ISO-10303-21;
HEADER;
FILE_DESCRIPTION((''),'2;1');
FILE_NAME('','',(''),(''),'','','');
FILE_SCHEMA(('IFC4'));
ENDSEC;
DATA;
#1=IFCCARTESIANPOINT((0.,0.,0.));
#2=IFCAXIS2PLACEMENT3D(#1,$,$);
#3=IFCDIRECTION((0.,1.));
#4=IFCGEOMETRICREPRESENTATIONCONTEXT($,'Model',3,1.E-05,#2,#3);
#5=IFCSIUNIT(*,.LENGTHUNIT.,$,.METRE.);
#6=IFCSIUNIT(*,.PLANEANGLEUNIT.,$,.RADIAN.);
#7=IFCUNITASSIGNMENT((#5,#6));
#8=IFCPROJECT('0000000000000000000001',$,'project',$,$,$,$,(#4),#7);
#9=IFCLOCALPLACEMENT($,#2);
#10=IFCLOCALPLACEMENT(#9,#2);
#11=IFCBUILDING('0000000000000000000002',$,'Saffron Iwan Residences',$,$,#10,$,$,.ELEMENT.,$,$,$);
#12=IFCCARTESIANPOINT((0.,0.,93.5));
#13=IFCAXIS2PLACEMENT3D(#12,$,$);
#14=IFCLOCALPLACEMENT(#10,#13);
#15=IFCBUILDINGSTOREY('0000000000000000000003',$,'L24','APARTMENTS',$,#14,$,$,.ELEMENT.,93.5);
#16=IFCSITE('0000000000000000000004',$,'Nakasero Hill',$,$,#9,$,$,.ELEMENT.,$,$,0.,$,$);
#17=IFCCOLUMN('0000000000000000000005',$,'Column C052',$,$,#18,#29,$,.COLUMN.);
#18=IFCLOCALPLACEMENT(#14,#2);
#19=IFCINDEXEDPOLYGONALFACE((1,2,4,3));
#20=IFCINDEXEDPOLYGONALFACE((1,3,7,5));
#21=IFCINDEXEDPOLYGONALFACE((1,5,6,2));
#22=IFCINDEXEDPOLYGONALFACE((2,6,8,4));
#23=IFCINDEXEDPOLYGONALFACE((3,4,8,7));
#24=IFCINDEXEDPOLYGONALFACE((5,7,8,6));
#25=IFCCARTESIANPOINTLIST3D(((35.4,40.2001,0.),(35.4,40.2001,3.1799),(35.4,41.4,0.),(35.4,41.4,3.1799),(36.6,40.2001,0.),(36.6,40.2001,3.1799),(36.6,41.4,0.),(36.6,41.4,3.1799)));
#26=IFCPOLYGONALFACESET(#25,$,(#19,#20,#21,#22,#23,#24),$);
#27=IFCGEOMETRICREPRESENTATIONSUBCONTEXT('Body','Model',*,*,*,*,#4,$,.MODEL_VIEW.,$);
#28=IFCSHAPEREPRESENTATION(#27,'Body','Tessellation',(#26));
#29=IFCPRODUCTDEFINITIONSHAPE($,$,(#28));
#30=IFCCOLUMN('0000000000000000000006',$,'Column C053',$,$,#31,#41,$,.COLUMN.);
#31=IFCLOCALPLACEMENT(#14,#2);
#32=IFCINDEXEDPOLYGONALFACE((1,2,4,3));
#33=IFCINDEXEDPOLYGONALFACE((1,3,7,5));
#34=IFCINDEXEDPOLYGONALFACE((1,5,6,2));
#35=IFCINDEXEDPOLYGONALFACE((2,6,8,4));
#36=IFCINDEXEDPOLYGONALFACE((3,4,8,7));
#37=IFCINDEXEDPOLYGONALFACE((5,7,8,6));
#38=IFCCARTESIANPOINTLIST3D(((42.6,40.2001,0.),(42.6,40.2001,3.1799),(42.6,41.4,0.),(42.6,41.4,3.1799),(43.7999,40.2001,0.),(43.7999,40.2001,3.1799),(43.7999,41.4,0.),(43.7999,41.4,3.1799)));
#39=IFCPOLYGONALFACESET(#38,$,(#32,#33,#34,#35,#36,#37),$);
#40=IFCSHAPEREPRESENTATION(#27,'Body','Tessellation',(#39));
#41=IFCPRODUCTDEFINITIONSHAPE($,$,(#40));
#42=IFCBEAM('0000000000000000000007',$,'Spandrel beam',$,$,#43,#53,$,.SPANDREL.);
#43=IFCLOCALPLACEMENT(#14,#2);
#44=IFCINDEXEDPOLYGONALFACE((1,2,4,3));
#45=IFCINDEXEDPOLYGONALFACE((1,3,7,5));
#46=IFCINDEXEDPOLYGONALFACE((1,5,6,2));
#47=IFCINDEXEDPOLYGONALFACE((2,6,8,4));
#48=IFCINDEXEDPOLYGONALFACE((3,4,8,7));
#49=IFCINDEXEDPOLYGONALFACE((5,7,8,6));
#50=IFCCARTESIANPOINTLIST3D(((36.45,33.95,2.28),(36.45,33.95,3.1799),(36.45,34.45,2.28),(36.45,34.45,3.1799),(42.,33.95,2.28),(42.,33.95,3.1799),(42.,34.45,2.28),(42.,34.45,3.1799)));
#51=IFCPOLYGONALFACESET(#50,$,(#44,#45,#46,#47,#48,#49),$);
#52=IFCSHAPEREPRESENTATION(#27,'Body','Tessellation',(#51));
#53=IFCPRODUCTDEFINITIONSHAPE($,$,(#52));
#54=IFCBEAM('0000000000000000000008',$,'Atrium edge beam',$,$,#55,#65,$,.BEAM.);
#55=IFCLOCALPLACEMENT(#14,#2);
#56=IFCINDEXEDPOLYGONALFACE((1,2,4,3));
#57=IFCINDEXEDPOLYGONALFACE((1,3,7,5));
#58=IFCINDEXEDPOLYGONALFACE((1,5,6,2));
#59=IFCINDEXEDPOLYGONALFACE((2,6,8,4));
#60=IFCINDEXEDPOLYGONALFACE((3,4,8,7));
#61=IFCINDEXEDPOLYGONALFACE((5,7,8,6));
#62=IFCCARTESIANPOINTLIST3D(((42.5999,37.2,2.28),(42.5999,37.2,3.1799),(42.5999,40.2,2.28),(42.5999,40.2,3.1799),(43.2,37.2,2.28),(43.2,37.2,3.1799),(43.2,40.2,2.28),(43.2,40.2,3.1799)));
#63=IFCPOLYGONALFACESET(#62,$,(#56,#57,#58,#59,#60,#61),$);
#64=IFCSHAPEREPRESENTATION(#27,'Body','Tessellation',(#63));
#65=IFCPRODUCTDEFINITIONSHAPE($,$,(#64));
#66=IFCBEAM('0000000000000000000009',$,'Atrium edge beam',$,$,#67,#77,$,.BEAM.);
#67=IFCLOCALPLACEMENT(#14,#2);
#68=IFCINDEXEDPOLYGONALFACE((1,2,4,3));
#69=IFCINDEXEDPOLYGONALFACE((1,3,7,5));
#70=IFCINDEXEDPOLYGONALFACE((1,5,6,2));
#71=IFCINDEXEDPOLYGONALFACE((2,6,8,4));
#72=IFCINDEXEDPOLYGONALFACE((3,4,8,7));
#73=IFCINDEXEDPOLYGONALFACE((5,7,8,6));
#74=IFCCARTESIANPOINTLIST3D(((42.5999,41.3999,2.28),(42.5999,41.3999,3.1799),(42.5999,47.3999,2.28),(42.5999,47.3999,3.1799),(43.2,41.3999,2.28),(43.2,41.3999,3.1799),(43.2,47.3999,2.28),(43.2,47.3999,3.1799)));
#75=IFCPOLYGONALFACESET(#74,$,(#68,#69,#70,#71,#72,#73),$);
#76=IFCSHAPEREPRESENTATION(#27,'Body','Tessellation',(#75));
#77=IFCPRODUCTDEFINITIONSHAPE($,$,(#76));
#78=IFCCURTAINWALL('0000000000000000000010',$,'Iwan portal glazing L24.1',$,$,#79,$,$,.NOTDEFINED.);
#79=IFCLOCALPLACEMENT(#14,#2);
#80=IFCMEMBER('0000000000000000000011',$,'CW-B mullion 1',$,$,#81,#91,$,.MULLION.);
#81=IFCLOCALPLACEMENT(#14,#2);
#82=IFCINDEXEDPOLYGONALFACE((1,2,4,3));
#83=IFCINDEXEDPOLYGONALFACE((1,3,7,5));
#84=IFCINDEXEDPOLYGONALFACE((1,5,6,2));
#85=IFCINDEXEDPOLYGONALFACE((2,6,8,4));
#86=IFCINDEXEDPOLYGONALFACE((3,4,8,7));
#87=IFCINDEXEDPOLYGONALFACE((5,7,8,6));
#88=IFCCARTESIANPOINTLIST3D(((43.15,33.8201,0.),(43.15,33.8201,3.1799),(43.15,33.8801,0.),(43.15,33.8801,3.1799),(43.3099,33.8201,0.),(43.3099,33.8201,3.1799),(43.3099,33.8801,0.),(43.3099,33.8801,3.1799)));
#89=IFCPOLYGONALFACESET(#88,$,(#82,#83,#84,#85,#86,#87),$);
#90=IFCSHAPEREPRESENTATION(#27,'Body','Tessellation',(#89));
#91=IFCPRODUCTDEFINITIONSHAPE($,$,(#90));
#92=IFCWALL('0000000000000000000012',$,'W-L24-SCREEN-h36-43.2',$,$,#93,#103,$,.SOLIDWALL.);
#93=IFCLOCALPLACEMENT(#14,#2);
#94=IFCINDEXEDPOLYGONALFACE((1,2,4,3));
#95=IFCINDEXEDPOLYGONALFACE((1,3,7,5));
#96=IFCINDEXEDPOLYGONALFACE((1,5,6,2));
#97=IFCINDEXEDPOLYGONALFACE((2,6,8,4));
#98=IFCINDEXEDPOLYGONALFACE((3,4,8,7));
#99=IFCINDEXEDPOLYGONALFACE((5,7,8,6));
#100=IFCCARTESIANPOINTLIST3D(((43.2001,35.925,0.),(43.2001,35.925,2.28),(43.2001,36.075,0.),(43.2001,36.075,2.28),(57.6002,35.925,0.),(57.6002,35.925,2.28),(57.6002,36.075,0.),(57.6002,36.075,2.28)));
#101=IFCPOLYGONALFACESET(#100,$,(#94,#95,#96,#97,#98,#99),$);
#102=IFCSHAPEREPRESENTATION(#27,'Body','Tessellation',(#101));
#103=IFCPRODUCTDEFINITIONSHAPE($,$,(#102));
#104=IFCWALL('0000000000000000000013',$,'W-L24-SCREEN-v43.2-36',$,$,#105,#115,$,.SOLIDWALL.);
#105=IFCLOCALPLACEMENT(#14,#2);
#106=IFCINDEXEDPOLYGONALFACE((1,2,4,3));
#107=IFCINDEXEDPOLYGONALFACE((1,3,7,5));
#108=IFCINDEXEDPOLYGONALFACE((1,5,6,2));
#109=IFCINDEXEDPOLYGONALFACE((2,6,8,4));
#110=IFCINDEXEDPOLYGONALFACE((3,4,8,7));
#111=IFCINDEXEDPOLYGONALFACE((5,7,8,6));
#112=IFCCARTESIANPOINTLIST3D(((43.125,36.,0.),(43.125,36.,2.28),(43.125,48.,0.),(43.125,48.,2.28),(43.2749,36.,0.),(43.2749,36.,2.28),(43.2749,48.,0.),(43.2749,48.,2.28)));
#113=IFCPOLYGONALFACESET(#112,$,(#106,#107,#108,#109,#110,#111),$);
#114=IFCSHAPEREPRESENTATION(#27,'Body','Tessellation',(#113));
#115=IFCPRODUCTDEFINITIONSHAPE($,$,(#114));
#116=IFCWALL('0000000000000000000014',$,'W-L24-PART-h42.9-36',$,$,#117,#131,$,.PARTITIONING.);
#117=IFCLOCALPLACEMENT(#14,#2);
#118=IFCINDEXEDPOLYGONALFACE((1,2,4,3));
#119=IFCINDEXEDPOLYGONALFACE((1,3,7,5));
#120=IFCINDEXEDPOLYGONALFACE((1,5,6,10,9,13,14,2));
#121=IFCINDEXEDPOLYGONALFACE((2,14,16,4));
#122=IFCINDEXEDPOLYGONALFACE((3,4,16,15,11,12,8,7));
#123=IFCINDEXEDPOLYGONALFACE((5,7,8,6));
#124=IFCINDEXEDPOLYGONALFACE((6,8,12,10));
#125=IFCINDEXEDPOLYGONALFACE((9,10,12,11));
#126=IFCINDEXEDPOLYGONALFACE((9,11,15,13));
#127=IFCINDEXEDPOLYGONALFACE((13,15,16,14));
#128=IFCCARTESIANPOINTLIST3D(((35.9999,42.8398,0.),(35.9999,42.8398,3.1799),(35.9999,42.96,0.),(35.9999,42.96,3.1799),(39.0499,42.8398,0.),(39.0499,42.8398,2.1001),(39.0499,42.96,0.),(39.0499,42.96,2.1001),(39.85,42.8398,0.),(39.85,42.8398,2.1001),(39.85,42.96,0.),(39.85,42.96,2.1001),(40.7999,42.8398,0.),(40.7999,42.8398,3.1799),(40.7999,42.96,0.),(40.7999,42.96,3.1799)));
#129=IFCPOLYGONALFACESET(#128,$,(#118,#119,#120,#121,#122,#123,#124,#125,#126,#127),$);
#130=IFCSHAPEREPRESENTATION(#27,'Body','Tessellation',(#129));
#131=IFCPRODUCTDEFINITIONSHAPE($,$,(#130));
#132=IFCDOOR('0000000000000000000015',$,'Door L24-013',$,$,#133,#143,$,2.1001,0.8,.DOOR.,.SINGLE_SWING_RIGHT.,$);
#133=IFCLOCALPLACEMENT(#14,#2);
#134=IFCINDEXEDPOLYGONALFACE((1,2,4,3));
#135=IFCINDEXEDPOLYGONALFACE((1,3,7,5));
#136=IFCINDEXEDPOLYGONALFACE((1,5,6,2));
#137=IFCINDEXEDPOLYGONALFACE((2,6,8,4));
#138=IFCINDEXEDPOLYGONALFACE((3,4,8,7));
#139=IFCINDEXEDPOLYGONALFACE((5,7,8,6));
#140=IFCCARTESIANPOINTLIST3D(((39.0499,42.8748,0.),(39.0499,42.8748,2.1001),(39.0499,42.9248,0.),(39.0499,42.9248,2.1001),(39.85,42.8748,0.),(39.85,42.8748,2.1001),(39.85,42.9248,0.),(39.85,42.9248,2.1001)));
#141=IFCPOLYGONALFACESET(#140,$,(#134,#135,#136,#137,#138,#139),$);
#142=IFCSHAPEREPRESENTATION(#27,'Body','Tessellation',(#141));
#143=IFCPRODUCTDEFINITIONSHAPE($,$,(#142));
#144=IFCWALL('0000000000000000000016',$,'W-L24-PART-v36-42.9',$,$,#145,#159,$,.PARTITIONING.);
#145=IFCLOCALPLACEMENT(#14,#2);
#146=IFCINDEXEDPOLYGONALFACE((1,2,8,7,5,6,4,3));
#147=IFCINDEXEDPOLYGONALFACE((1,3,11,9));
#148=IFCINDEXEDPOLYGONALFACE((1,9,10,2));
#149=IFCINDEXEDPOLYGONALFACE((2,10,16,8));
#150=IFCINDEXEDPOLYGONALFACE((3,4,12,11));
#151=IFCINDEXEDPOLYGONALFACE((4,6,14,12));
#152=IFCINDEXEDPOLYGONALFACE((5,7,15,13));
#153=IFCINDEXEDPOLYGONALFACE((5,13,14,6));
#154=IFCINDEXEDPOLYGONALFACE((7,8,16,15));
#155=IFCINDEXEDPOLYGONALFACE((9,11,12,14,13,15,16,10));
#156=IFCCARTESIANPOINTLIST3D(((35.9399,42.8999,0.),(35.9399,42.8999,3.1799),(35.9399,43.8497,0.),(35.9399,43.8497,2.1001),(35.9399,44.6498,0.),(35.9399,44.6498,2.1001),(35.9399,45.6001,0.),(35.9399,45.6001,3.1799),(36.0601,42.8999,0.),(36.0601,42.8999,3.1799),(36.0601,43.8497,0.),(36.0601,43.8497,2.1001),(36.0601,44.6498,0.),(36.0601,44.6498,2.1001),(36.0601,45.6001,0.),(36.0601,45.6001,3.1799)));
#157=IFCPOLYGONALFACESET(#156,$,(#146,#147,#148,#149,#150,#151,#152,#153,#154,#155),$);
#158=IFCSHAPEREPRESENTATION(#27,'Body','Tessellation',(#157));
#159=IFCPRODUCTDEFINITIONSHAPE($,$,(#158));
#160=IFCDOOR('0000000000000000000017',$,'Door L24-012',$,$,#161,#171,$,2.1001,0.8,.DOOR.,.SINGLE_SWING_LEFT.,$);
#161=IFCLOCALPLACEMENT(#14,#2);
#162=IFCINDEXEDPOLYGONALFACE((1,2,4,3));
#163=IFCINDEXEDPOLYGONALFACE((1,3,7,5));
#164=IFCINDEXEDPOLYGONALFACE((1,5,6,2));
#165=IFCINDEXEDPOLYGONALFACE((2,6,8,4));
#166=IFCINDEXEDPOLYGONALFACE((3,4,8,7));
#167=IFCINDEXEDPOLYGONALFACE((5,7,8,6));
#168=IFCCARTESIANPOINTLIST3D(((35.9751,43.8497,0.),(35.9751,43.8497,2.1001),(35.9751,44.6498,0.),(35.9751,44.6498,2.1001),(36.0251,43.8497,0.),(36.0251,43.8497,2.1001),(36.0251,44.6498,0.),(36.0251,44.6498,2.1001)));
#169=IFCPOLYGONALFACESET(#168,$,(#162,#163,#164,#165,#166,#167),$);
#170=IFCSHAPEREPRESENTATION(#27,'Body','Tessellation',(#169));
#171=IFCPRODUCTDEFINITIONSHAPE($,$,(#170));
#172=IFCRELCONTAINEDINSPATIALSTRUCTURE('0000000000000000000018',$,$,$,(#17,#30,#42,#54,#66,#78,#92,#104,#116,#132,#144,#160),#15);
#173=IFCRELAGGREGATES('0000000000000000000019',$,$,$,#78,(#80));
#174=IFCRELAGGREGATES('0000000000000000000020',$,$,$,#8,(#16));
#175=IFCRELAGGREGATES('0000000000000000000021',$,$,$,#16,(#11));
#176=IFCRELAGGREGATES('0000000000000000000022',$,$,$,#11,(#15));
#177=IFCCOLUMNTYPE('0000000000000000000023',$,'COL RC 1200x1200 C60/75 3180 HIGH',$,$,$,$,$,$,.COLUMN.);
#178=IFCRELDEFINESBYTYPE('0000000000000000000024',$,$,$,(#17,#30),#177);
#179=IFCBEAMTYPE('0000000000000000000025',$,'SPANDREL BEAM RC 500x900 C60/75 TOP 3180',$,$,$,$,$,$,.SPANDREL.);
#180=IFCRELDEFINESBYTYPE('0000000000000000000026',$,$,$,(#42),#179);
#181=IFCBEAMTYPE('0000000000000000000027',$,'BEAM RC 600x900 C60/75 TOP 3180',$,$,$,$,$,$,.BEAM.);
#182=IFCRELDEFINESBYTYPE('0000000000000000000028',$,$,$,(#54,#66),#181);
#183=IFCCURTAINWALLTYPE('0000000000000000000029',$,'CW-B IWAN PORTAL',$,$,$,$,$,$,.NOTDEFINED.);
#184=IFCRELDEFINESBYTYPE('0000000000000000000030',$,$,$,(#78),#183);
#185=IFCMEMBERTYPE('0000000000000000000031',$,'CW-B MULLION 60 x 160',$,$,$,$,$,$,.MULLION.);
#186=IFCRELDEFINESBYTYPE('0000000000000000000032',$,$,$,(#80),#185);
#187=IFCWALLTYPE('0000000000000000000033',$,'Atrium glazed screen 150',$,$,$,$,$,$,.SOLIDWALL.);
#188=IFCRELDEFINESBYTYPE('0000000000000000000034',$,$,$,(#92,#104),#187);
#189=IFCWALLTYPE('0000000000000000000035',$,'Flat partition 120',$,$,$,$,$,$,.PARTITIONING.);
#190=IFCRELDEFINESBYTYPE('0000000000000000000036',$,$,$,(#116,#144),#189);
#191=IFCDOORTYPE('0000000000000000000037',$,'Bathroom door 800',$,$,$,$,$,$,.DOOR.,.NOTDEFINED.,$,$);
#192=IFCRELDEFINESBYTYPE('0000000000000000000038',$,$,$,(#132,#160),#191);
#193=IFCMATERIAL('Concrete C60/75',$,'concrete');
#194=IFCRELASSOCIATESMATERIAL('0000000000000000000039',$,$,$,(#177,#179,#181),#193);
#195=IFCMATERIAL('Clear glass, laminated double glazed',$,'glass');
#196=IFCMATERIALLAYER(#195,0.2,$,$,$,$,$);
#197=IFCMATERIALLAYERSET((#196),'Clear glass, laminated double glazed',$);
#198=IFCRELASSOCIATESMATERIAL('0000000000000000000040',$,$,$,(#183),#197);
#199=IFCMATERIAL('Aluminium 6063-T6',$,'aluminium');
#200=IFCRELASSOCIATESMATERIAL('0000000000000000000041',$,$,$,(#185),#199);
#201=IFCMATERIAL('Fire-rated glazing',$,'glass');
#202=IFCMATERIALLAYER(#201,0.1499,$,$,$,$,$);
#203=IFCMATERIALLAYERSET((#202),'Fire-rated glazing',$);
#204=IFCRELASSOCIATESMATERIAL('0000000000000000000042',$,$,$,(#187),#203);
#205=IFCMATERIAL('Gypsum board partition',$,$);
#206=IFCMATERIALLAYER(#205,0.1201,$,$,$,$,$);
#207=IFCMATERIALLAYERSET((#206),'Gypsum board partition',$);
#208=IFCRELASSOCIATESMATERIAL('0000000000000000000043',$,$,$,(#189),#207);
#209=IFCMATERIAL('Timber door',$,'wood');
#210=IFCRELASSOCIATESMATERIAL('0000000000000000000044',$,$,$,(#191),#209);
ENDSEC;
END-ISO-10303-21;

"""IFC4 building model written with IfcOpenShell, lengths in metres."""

from ifc_helpers import new_model, si_unit, direction, frame, frame_2d, origin, origin_2d, place, context, subcontext, project, spatial, rectangle, extrude, source, transform, mapped, material, layer, layer_set, material_profile, profile_set, type_object, element, fill, aggregate, save


model = new_model("IFC4")

# Units and contexts
model_context = context("Model", 3, precision=1e-05, world=origin(), true_north=direction((0.0, 1.0)))
body_context = subcontext(model_context, "Body", "Model", "MODEL_VIEW")
ifc_project = project(units=[si_unit("LENGTHUNIT", "METRE"), si_unit("PLANEANGLEUNIT", "RADIAN")], contexts=[model_context])

# Site, building, storey
site_placement = place(None, origin())
site = spatial("IfcSite", under=ifc_project, at=site_placement, Name="Nakasero Hill", CompositionType="ELEMENT", RefElevation=0.0)
building_placement = place(site_placement, origin())
building = spatial("IfcBuilding", under=site, at=building_placement, Name="Saffron Iwan Residences", CompositionType="ELEMENT")
storey_placement = place(building_placement, frame((0.0, 0.0, 93.5)))
storey = spatial("IfcBuildingStorey", under=building, at=storey_placement, Name="L24", Description="APARTMENTS", CompositionType="ELEMENT", Elevation=93.5)

# Columns
ifc_material_1 = material(Name="Concrete C60/75", Category="concrete")
ifc_material_profile_1 = material_profile(ifc_material_1, rectangle(XDim=1.2, YDim=1.2, at=origin_2d()), Name="RC 1200x1200")
ifc_profile_set_1 = profile_set([ifc_material_profile_1], Name="Concrete C60/75")
column_type = type_object("IfcColumnType", Name="COL RC 1200x1200 C60/75 3180 HIGH", PredefinedType="COLUMN", material=ifc_profile_set_1)
shared_shape_1 = source(origin(), body_context, "Body", "SweptSolid", [
    extrude(rectangle(XDim=1.2, YDim=1.2, at=origin_2d()), origin(), (0.0, 0.0, 1.0), 3.1799),
])
for number, where, z_axis, x_axis, name in (
    (1, (36.0, 40.8, 0.0), (0.0, 0.0, 1.0), (1.0, 0.0, 0.0), "Column C052"),
    (2, (43.2, 40.8, 0.0), (0.0, 0.0, 1.0), (1.0, 0.0, 0.0), "Column C053"),
):
    element("IfcColumn", number, at=place(storey_placement, frame(where, z_axis=z_axis, x_axis=x_axis)), inside=storey, type_object=column_type, Name=name, PredefinedType="COLUMN", context=body_context, shape_type="MappedRepresentation", body=[
        mapped(shared_shape_1, transform((0.0, 0.0, 0.0))),
    ])

# Beams
ifc_material_profile_2 = material_profile(ifc_material_1, rectangle(XDim=0.5, YDim=0.8999, at=origin_2d()), Name="RC 500x900")
ifc_profile_set_2 = profile_set([ifc_material_profile_2], Name="Concrete C60/75")
beam_type_1 = type_object("IfcBeamType", Name="SPANDREL BEAM RC 500x900 C60/75 TOP 3180", PredefinedType="SPANDREL", material=ifc_profile_set_2)
shared_shape_2 = source(origin(), body_context, "Body", "SweptSolid", [
    extrude(rectangle(XDim=0.5, YDim=0.8999, at=origin_2d()), origin(), (0.0, 0.0, 1.0), 5.55),
])
beam_1_placement = place(storey_placement, frame((42.0, 34.2, 2.73), z_axis=(-1.0, 0.0, 0.0), x_axis=(0.0, -1.0, 0.0)))
element("IfcBeam", 3, at=beam_1_placement, inside=storey, type_object=beam_type_1, Name="Spandrel beam", PredefinedType="SPANDREL", context=body_context, shape_type="MappedRepresentation", body=[
    mapped(shared_shape_2, transform((0.0, 0.0, 0.0))),
])
ifc_material_profile_3 = material_profile(ifc_material_1, rectangle(XDim=0.6001, YDim=0.8999, at=origin_2d()), Name="RC 600x900")
ifc_profile_set_3 = profile_set([ifc_material_profile_3], Name="Concrete C60/75")
beam_type_2 = type_object("IfcBeamType", Name="BEAM RC 600x900 C60/75 TOP 3180", PredefinedType="BEAM", material=ifc_profile_set_3)
shared_shape_3 = source(origin(), body_context, "Body", "SweptSolid", [
    extrude(rectangle(XDim=0.6001, YDim=0.8999, at=origin_2d()), origin(), (0.0, 0.0, 1.0), 3.0),
])
beam_2_placement = place(storey_placement, frame((42.8999, 37.2, 2.73), z_axis=(0.0, 1.0, 0.0), x_axis=(-1.0, 0.0, 0.0)))
element("IfcBeam", 4, at=beam_2_placement, inside=storey, type_object=beam_type_2, Name="Atrium edge beam", PredefinedType="BEAM", context=body_context, shape_type="MappedRepresentation", body=[
    mapped(shared_shape_3, transform((0.0, 0.0, 0.0))),
])
shared_shape_4 = source(origin(), body_context, "Body", "SweptSolid", [
    extrude(rectangle(XDim=0.6001, YDim=0.8999, at=origin_2d()), origin(), (0.0, 0.0, 1.0), 6.0),
])
beam_3_placement = place(storey_placement, frame((42.8999, 41.3999, 2.73), z_axis=(0.0, 1.0, 0.0), x_axis=(-1.0, 0.0, 0.0)))
element("IfcBeam", 5, at=beam_3_placement, inside=storey, type_object=beam_type_2, Name="Atrium edge beam", PredefinedType="BEAM", context=body_context, shape_type="MappedRepresentation", body=[
    mapped(shared_shape_4, transform((0.0, 0.0, 0.0))),
])

# Curtain wall, member
ifc_material_2 = material(Name="Clear glass, laminated double glazed", Category="glass")
ifc_layer_1 = layer(ifc_material_2, 0.2)
ifc_layer_set_1 = layer_set([ifc_layer_1], Name="Clear glass, laminated double glazed")
curtain_wall_type = type_object("IfcCurtainWallType", Name="CW-B IWAN PORTAL", PredefinedType="NOTDEFINED", material=ifc_layer_set_1)
curtain_wall_placement = place(storey_placement, origin())
curtain_wall = element("IfcCurtainWall", 6, at=curtain_wall_placement, inside=storey, type_object=curtain_wall_type, Name="Iwan portal glazing L24.1", PredefinedType="NOTDEFINED")
ifc_material_3 = material(Name="Aluminium 6063-T6", Category="aluminium")
ifc_material_profile_4 = material_profile(ifc_material_3, rectangle(XDim=0.0601, YDim=0.1599, at=origin_2d()), Name="CW-B MULLION 60 x 160")
ifc_profile_set_4 = profile_set([ifc_material_profile_4], Name="Aluminium 6063-T6")
member_type = type_object("IfcMemberType", Name="CW-B MULLION 60 x 160", PredefinedType="MULLION", material=ifc_profile_set_4)
shared_shape_5 = source(origin(), body_context, "Body", "SweptSolid", [
    extrude(rectangle(XDim=0.0601, YDim=0.1599, at=origin_2d()), origin(), (0.0, 0.0, 1.0), 3.1799),
])
member_placement = place(storey_placement, frame((43.23, 33.8501, 0.0), z_axis=(0.0, 0.0, 1.0), x_axis=(0.0, 1.0, 0.0)))
member = element("IfcMember", 7, at=member_placement, type_object=member_type, Name="CW-B mullion 1", PredefinedType="MULLION", context=body_context, shape_type="MappedRepresentation", body=[
    mapped(shared_shape_5, transform((0.0, 0.0, 0.0))),
])
aggregate(curtain_wall, [member])

# Walls
ifc_material_4 = material(Name="Fire-rated glazing", Category="glass")
ifc_layer_2 = layer(ifc_material_4, 0.1499)
ifc_layer_set_2 = layer_set([ifc_layer_2], Name="Fire-rated glazing")
wall_type_1 = type_object("IfcWallType", Name="Atrium glazed screen 150", PredefinedType="SOLIDWALL", material=ifc_layer_set_2)
wall_1_placement = place(storey_placement, frame((43.2, 36.0, 0.0), z_axis=(0.0, 0.0, 1.0), x_axis=(1.0, 0.0, 0.0)))
element("IfcWall", 8, at=wall_1_placement, inside=storey, type_object=wall_type_1, Name="W-L24-SCREEN-h36-43.2", PredefinedType="SOLIDWALL", context=body_context, shape_type="SweptSolid", body=[
    extrude(rectangle(XDim=14.4001, YDim=0.1499, at=frame_2d((7.2002, 0.0))), origin(), (0.0, 0.0, 1.0), 2.28),
])
wall_2_placement = place(storey_placement, frame((43.2, 36.0, 0.0), z_axis=(0.0, 0.0, 1.0), x_axis=(0.0, 1.0, 0.0)))
element("IfcWall", 9, at=wall_2_placement, inside=storey, type_object=wall_type_1, Name="W-L24-SCREEN-v43.2-36", PredefinedType="SOLIDWALL", context=body_context, shape_type="SweptSolid", body=[
    extrude(rectangle(XDim=12.0, YDim=0.1499, at=frame_2d((6.0, 0.0))), origin(), (0.0, 0.0, 1.0), 2.28),
])

# Walls, openings, doors
ifc_material_5 = material(Name="Gypsum board partition")
ifc_layer_3 = layer(ifc_material_5, 0.1201)
ifc_layer_set_3 = layer_set([ifc_layer_3], Name="Gypsum board partition")
wall_type_2 = type_object("IfcWallType", Name="Flat partition 120", PredefinedType="PARTITIONING", material=ifc_layer_set_3)
wall_3_placement = place(storey_placement, frame((36.0, 42.8999, 0.0), z_axis=(0.0, 0.0, 1.0), x_axis=(1.0, 0.0, 0.0)))
wall_3 = element("IfcWall", 10, at=wall_3_placement, inside=storey, type_object=wall_type_2, Name="W-L24-PART-h42.9-36", PredefinedType="PARTITIONING", context=body_context, shape_type="SweptSolid", body=[
    extrude(rectangle(XDim=4.8, YDim=0.1201, at=frame_2d((2.3999, 0.0))), origin(), (0.0, 0.0, 1.0), 3.1799),
])
opening_1_placement = place(wall_3_placement, frame((3.05, 0.0, 0.0)))
opening_1 = element("IfcOpeningElement", 11, at=opening_1_placement, cuts=wall_3, PredefinedType="OPENING", context=body_context, shape_type="SweptSolid", body=[
    extrude(rectangle(XDim=0.8, YDim=2.1001, at=frame_2d((0.3999, 1.05))), frame((0.0, 0.0701, 0.0), z_axis=(0.0, -1.0, 0.0), x_axis=(1.0, 0.0, 0.0)), (0.0, 0.0, 1.0), 0.1401),
])
ifc_material_6 = material(Name="Timber door", Category="wood")
door_type = type_object("IfcDoorType", Name="Bathroom door 800", OperationType="NOTDEFINED", PredefinedType="DOOR", material=ifc_material_6)
door_1_placement = place(opening_1_placement, origin())
door_1 = element("IfcDoor", 12, at=door_1_placement, inside=storey, type_object=door_type, Name="Door L24-013", OperationType="SINGLE_SWING_RIGHT", OverallHeight=2.1001, OverallWidth=0.8, PredefinedType="DOOR", context=body_context, shape_type="SweptSolid", body=[
    extrude(rectangle(XDim=0.8, YDim=2.1001, at=frame_2d((0.3999, 1.05))), frame((0.0, 0.0249, 0.0), z_axis=(0.0, -1.0, 0.0), x_axis=(1.0, 0.0, 0.0)), (0.0, 0.0, 1.0), 0.05),
])
fill(opening_1, door_1)
wall_4_placement = place(storey_placement, frame((36.0, 42.8999, 0.0), z_axis=(0.0, 0.0, 1.0), x_axis=(0.0, 1.0, 0.0)))
wall_4 = element("IfcWall", 13, at=wall_4_placement, inside=storey, type_object=wall_type_2, Name="W-L24-PART-v36-42.9", PredefinedType="PARTITIONING", context=body_context, shape_type="SweptSolid", body=[
    extrude(rectangle(XDim=2.7002, YDim=0.1201, at=frame_2d((1.3501, 0.0))), origin(), (0.0, 0.0, 1.0), 3.1799),
])
opening_2_placement = place(wall_4_placement, frame((0.95, 0.0, 0.0)))
opening_2 = element("IfcOpeningElement", 14, at=opening_2_placement, cuts=wall_4, PredefinedType="OPENING", context=body_context, shape_type="SweptSolid", body=[
    extrude(rectangle(XDim=0.8, YDim=2.1001, at=frame_2d((0.3999, 1.05))), frame((0.0, 0.0701, 0.0), z_axis=(0.0, -1.0, 0.0), x_axis=(1.0, 0.0, 0.0)), (0.0, 0.0, 1.0), 0.1401),
])
door_2_placement = place(opening_2_placement, origin())
door_2 = element("IfcDoor", 15, at=door_2_placement, inside=storey, type_object=door_type, Name="Door L24-012", OperationType="SINGLE_SWING_LEFT", OverallHeight=2.1001, OverallWidth=0.8, PredefinedType="DOOR", context=body_context, shape_type="SweptSolid", body=[
    extrude(rectangle(XDim=0.8, YDim=2.1001, at=frame_2d((0.3999, 1.05))), frame((0.0, 0.0249, 0.0), z_axis=(0.0, -1.0, 0.0), x_axis=(1.0, 0.0, 0.0)), (0.0, 0.0, 1.0), 0.05),
])
fill(opening_2, door_2)

save(model, "model.ifc")
